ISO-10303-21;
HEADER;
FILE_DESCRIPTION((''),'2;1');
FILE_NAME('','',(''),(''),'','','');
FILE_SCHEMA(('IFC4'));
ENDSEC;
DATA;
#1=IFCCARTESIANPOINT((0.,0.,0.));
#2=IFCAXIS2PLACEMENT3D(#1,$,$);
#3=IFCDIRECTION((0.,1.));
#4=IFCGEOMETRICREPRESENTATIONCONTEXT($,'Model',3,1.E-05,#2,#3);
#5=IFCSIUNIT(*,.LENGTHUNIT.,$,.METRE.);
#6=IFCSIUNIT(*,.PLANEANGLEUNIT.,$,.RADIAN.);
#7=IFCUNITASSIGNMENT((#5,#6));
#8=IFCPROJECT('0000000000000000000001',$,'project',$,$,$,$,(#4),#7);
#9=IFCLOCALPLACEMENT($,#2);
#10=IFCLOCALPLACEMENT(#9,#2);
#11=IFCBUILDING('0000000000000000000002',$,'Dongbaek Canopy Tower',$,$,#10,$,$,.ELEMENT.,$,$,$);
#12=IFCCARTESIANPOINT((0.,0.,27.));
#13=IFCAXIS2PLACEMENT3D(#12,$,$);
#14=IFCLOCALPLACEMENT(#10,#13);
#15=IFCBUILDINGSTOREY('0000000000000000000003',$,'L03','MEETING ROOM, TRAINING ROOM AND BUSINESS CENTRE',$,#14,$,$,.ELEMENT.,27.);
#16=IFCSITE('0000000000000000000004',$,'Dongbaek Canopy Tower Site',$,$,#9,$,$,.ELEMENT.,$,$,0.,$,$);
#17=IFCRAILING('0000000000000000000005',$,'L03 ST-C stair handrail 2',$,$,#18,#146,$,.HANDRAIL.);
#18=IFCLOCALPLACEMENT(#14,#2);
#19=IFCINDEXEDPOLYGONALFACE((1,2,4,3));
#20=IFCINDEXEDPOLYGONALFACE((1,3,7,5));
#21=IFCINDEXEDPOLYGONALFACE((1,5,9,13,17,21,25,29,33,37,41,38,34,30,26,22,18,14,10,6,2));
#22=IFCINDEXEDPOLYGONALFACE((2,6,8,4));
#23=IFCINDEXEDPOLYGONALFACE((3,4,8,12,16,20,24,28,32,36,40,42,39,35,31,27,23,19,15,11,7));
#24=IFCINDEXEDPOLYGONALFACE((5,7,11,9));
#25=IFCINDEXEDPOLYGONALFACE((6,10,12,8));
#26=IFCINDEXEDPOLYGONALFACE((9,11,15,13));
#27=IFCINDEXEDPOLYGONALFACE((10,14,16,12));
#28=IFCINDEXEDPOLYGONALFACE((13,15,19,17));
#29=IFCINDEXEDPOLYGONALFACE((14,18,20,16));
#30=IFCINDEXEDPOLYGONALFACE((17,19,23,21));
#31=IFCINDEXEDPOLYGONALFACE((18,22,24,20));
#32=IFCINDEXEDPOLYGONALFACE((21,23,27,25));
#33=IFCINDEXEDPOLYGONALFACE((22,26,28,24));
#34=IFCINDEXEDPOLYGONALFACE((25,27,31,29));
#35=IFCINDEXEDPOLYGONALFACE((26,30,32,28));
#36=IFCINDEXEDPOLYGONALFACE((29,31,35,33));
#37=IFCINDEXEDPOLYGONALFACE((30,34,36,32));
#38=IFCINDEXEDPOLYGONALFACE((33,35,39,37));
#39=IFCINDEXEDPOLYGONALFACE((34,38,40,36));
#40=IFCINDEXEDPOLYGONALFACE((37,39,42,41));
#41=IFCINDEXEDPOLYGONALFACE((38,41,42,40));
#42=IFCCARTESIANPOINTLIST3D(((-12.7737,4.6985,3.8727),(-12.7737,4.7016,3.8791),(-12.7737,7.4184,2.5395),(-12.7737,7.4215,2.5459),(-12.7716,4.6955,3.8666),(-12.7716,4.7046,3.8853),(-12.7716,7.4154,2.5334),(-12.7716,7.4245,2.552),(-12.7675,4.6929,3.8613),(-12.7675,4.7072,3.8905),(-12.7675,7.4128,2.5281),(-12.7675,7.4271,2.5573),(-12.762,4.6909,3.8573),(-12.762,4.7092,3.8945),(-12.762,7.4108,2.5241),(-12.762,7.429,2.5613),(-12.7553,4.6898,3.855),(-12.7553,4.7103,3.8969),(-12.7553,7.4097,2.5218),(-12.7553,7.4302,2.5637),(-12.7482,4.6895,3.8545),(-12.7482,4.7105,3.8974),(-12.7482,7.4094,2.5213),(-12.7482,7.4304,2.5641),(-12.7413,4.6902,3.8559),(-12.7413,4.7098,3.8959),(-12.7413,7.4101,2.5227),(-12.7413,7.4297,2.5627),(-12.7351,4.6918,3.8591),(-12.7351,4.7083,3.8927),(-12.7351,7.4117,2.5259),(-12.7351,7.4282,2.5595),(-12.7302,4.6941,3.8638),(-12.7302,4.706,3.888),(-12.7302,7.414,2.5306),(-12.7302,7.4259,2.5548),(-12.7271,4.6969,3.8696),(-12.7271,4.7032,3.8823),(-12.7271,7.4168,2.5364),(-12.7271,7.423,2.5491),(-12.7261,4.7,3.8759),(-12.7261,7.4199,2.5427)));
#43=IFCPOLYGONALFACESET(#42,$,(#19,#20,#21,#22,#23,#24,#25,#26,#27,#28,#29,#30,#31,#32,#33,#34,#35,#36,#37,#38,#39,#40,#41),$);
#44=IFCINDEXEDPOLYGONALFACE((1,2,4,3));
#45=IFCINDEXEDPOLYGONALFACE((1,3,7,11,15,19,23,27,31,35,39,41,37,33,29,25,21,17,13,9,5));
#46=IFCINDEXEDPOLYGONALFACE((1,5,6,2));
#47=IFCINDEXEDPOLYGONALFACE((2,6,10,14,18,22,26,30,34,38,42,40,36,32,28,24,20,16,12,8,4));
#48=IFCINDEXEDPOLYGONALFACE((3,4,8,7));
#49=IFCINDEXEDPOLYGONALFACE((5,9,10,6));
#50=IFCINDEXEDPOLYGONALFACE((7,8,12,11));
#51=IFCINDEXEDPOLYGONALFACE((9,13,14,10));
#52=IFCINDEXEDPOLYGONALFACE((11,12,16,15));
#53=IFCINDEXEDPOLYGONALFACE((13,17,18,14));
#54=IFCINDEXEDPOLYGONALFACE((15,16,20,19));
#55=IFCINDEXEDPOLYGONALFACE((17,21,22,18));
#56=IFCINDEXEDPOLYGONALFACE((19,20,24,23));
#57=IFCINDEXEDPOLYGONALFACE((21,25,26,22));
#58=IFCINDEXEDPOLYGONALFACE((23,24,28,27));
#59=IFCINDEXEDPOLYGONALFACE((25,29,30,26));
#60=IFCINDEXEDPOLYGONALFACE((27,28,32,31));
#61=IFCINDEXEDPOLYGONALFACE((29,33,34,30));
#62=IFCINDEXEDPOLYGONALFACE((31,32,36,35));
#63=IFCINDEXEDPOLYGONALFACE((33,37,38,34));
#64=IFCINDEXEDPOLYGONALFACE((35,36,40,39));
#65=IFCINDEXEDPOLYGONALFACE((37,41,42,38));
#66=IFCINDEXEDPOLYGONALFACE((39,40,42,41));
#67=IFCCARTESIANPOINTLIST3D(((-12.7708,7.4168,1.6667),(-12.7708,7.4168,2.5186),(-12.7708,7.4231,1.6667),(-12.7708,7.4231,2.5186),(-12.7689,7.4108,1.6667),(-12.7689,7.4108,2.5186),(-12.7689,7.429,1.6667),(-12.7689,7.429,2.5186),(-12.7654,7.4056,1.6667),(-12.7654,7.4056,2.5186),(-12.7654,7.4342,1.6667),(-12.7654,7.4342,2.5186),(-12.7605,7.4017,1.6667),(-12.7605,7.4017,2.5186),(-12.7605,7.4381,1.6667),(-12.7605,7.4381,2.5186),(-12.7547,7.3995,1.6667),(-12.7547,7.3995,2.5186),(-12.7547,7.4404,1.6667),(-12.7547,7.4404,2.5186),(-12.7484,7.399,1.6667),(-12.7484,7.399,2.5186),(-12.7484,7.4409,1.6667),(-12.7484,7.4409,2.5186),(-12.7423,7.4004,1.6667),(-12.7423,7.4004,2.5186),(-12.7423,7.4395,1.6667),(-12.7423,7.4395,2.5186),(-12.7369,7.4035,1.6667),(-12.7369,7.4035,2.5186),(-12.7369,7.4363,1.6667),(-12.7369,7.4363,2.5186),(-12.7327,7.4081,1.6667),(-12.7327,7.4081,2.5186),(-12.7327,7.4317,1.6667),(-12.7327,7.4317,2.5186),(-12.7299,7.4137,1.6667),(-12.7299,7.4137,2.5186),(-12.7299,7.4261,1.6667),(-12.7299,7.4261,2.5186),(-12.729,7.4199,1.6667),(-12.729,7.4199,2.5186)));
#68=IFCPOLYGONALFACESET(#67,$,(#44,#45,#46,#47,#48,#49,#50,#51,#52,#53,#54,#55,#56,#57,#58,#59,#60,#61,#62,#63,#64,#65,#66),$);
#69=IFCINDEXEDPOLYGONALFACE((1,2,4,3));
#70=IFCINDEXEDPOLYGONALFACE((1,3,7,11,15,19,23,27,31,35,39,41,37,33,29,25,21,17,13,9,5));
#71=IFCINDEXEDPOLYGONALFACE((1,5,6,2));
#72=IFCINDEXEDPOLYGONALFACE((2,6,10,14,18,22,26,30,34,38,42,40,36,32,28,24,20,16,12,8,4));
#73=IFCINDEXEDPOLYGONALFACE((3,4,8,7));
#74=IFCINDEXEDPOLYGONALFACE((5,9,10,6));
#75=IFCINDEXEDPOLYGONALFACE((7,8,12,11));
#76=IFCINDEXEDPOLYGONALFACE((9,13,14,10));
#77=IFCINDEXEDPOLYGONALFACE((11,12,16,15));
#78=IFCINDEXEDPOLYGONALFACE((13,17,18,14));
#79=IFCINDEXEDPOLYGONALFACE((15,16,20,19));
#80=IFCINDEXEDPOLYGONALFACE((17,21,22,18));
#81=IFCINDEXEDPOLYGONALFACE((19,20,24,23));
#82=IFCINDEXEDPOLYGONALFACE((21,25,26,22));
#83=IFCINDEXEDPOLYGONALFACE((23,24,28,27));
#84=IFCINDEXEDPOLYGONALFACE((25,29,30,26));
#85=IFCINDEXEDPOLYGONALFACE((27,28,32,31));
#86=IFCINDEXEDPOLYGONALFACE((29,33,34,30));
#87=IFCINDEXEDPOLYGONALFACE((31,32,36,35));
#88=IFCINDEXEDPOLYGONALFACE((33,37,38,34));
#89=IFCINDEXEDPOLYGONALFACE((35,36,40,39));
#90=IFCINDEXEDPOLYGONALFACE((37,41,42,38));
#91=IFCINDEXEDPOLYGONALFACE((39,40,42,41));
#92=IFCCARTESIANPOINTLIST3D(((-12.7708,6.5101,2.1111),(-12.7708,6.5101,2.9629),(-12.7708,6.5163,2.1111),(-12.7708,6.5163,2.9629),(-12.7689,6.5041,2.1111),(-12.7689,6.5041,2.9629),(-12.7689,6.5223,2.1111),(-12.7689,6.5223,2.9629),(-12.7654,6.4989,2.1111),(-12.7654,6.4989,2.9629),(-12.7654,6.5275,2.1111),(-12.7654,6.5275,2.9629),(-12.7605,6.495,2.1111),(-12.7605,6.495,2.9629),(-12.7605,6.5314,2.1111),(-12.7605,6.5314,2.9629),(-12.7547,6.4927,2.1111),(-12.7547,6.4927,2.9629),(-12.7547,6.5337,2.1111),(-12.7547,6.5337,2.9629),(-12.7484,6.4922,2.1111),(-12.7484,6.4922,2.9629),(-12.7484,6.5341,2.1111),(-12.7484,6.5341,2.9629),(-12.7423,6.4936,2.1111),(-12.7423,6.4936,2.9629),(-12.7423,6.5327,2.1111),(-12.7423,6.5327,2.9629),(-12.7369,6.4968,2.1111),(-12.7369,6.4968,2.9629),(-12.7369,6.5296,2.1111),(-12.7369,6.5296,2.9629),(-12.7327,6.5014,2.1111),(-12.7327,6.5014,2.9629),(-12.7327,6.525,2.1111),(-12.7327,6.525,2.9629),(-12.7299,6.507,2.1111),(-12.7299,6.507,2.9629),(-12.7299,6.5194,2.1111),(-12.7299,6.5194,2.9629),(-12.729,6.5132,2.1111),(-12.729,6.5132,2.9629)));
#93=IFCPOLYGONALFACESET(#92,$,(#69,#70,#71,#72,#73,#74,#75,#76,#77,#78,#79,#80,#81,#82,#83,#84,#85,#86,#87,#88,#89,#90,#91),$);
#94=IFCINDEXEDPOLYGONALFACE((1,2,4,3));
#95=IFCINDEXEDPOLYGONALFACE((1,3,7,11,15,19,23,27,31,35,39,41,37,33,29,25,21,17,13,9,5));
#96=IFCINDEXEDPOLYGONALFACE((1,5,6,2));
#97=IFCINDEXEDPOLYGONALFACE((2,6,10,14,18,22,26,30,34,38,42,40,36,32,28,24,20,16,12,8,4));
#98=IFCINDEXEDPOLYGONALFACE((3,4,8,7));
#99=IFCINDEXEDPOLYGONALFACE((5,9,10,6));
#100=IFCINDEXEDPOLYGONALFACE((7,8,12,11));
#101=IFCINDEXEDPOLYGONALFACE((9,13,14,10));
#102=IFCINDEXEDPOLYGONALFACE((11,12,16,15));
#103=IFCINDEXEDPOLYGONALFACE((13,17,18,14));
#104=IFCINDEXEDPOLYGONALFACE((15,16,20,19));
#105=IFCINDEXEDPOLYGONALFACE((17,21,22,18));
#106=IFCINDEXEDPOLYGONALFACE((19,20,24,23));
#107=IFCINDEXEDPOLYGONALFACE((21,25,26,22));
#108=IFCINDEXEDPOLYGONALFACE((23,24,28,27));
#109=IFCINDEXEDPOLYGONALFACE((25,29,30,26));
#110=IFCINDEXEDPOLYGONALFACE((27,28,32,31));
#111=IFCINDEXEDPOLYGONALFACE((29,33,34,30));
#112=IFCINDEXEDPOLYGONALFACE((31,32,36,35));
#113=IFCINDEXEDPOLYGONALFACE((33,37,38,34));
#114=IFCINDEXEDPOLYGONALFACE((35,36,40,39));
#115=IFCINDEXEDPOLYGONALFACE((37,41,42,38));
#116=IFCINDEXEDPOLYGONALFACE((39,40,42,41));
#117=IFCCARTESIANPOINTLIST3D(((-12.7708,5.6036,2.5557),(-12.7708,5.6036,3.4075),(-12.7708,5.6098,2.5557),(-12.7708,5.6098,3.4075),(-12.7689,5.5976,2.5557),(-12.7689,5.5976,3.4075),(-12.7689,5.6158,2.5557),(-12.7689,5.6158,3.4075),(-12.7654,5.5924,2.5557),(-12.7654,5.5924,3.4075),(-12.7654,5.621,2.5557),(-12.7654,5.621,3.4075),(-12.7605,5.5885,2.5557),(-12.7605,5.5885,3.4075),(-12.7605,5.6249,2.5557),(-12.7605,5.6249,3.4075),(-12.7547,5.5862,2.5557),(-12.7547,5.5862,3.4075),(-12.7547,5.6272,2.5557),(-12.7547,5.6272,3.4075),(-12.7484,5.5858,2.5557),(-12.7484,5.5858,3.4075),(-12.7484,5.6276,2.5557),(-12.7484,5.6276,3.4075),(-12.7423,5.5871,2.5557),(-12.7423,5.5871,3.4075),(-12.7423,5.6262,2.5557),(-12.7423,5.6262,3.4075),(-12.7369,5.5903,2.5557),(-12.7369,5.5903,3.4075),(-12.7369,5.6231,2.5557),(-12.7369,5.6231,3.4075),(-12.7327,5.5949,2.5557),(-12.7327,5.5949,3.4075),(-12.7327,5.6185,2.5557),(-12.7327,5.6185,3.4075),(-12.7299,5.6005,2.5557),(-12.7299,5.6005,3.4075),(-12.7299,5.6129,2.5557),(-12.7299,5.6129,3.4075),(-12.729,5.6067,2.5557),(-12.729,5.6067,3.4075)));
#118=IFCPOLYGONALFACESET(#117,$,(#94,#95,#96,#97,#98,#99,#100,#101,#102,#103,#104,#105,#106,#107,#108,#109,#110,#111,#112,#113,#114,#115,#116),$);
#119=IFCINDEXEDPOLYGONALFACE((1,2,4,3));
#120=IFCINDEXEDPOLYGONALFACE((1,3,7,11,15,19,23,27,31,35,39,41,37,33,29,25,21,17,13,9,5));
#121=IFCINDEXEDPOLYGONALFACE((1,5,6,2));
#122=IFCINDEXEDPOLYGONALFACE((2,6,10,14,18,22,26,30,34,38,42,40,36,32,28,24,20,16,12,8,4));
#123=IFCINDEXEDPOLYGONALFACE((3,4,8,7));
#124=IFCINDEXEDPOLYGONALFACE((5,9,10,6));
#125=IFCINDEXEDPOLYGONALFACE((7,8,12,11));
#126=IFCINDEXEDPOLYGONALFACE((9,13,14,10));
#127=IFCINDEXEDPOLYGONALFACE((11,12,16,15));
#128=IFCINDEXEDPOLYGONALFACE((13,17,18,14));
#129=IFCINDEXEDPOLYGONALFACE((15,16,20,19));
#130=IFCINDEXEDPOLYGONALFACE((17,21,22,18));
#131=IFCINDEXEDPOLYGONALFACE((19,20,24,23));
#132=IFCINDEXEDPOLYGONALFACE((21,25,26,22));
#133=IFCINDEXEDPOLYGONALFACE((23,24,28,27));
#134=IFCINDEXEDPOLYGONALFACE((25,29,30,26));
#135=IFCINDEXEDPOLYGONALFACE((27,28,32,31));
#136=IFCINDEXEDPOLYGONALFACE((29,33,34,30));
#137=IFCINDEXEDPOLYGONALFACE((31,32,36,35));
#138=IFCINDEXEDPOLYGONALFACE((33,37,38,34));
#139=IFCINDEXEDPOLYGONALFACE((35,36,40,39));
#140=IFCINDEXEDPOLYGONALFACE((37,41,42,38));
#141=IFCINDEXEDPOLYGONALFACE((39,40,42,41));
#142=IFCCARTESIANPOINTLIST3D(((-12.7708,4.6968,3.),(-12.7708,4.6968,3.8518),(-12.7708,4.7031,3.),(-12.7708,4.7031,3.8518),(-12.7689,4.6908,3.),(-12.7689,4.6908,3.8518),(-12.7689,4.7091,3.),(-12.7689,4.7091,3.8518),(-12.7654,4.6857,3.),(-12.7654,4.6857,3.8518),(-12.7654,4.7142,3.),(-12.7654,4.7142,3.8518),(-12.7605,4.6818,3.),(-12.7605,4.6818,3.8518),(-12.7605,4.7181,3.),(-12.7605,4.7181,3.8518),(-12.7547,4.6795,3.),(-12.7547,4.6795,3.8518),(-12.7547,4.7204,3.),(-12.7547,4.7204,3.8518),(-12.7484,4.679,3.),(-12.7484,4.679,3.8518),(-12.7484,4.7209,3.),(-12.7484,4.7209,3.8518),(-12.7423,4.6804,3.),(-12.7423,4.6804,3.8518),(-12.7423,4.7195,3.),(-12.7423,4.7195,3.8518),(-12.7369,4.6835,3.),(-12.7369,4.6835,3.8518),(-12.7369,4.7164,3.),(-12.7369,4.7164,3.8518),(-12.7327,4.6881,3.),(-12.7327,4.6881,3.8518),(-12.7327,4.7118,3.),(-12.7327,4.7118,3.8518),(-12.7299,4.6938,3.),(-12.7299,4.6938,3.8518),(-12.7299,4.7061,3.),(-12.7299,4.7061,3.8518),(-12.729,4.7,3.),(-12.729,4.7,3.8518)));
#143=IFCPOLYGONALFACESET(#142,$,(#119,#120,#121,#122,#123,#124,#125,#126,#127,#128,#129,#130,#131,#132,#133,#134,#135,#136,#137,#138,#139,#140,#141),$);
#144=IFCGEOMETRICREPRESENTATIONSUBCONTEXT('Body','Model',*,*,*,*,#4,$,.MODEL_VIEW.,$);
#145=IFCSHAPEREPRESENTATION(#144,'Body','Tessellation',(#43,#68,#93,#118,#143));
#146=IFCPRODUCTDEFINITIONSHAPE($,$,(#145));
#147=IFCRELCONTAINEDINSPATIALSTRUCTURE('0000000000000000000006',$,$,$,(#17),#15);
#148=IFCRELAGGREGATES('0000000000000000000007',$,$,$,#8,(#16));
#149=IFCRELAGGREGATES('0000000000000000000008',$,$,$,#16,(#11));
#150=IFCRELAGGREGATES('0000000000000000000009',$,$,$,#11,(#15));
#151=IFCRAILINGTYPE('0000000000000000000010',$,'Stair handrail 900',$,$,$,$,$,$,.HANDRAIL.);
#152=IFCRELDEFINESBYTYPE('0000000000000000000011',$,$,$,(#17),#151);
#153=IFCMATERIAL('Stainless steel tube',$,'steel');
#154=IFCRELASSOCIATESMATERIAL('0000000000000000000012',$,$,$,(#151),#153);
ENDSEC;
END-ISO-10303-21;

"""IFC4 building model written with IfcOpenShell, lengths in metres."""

from ifc_helpers import new_model, si_unit, direction, frame, origin, origin_2d, place, context, subcontext, project, spatial, circle, extrude, material, type_object, element, save


model = new_model("IFC4")

# Units and contexts
model_context = context("Model", 3, precision=1e-05, world=origin(), true_north=direction((0.0, 1.0)))
body_context = subcontext(model_context, "Body", "Model", "MODEL_VIEW")
ifc_project = project(units=[si_unit("LENGTHUNIT", "METRE"), si_unit("PLANEANGLEUNIT", "RADIAN")], contexts=[model_context])

# Site, building, storey
site_placement = place(None, origin())
site = spatial("IfcSite", under=ifc_project, at=site_placement, Name="Dongbaek Canopy Tower Site", CompositionType="ELEMENT", RefElevation=0.0)
building_placement = place(site_placement, origin())
building = spatial("IfcBuilding", under=site, at=building_placement, Name="Dongbaek Canopy Tower", CompositionType="ELEMENT")
storey_placement = place(building_placement, frame((0.0, 0.0, 27.0)))
storey = spatial("IfcBuildingStorey", under=building, at=storey_placement, Name="L03", Description="MEETING ROOM, TRAINING ROOM AND BUSINESS CENTRE", CompositionType="ELEMENT", Elevation=27.0)

# Railing
ifc_material_1 = material(Name="Stainless steel tube", Category="steel")
railing_type_1 = type_object("IfcRailingType", Name="Stair handrail 900", PredefinedType="HANDRAIL", material=ifc_material_1)
for number, where, name in (
    (1, (-12.75, 7.4199, 1.6667), "L03 ST-C stair handrail 2"),
):
    element("IfcRailing", number, at=place(storey_placement, frame(where)), inside=storey, type_object=railing_type_1, Name=name, PredefinedType="HANDRAIL", context=body_context, shape_type="SweptSolid", body=[
        extrude(circle(Radius=0.0239, at=origin_2d()), frame((0.0, 0.0, 0.876), z_axis=(0.0, -0.897929, 0.440139), x_axis=(1.0, 0.0, 0.0)), (0.0, 0.0, 1.0), 3.0291),
        extrude(circle(Radius=0.021, at=origin_2d()), origin(), (0.0, 0.0, 1.0), 0.8518),
        extrude(circle(Radius=0.021, at=origin_2d()), frame((0.0, -0.9067, 0.4443)), (0.0, 0.0, 1.0), 0.8518),
        extrude(circle(Radius=0.021, at=origin_2d()), frame((0.0, -1.8132, 0.8889)), (0.0, 0.0, 1.0), 0.8518),
        extrude(circle(Radius=0.021, at=origin_2d()), frame((0.0, -2.72, 1.3333)), (0.0, 0.0, 1.0), 0.8518),
    ])

save(model, "model.ifc")
